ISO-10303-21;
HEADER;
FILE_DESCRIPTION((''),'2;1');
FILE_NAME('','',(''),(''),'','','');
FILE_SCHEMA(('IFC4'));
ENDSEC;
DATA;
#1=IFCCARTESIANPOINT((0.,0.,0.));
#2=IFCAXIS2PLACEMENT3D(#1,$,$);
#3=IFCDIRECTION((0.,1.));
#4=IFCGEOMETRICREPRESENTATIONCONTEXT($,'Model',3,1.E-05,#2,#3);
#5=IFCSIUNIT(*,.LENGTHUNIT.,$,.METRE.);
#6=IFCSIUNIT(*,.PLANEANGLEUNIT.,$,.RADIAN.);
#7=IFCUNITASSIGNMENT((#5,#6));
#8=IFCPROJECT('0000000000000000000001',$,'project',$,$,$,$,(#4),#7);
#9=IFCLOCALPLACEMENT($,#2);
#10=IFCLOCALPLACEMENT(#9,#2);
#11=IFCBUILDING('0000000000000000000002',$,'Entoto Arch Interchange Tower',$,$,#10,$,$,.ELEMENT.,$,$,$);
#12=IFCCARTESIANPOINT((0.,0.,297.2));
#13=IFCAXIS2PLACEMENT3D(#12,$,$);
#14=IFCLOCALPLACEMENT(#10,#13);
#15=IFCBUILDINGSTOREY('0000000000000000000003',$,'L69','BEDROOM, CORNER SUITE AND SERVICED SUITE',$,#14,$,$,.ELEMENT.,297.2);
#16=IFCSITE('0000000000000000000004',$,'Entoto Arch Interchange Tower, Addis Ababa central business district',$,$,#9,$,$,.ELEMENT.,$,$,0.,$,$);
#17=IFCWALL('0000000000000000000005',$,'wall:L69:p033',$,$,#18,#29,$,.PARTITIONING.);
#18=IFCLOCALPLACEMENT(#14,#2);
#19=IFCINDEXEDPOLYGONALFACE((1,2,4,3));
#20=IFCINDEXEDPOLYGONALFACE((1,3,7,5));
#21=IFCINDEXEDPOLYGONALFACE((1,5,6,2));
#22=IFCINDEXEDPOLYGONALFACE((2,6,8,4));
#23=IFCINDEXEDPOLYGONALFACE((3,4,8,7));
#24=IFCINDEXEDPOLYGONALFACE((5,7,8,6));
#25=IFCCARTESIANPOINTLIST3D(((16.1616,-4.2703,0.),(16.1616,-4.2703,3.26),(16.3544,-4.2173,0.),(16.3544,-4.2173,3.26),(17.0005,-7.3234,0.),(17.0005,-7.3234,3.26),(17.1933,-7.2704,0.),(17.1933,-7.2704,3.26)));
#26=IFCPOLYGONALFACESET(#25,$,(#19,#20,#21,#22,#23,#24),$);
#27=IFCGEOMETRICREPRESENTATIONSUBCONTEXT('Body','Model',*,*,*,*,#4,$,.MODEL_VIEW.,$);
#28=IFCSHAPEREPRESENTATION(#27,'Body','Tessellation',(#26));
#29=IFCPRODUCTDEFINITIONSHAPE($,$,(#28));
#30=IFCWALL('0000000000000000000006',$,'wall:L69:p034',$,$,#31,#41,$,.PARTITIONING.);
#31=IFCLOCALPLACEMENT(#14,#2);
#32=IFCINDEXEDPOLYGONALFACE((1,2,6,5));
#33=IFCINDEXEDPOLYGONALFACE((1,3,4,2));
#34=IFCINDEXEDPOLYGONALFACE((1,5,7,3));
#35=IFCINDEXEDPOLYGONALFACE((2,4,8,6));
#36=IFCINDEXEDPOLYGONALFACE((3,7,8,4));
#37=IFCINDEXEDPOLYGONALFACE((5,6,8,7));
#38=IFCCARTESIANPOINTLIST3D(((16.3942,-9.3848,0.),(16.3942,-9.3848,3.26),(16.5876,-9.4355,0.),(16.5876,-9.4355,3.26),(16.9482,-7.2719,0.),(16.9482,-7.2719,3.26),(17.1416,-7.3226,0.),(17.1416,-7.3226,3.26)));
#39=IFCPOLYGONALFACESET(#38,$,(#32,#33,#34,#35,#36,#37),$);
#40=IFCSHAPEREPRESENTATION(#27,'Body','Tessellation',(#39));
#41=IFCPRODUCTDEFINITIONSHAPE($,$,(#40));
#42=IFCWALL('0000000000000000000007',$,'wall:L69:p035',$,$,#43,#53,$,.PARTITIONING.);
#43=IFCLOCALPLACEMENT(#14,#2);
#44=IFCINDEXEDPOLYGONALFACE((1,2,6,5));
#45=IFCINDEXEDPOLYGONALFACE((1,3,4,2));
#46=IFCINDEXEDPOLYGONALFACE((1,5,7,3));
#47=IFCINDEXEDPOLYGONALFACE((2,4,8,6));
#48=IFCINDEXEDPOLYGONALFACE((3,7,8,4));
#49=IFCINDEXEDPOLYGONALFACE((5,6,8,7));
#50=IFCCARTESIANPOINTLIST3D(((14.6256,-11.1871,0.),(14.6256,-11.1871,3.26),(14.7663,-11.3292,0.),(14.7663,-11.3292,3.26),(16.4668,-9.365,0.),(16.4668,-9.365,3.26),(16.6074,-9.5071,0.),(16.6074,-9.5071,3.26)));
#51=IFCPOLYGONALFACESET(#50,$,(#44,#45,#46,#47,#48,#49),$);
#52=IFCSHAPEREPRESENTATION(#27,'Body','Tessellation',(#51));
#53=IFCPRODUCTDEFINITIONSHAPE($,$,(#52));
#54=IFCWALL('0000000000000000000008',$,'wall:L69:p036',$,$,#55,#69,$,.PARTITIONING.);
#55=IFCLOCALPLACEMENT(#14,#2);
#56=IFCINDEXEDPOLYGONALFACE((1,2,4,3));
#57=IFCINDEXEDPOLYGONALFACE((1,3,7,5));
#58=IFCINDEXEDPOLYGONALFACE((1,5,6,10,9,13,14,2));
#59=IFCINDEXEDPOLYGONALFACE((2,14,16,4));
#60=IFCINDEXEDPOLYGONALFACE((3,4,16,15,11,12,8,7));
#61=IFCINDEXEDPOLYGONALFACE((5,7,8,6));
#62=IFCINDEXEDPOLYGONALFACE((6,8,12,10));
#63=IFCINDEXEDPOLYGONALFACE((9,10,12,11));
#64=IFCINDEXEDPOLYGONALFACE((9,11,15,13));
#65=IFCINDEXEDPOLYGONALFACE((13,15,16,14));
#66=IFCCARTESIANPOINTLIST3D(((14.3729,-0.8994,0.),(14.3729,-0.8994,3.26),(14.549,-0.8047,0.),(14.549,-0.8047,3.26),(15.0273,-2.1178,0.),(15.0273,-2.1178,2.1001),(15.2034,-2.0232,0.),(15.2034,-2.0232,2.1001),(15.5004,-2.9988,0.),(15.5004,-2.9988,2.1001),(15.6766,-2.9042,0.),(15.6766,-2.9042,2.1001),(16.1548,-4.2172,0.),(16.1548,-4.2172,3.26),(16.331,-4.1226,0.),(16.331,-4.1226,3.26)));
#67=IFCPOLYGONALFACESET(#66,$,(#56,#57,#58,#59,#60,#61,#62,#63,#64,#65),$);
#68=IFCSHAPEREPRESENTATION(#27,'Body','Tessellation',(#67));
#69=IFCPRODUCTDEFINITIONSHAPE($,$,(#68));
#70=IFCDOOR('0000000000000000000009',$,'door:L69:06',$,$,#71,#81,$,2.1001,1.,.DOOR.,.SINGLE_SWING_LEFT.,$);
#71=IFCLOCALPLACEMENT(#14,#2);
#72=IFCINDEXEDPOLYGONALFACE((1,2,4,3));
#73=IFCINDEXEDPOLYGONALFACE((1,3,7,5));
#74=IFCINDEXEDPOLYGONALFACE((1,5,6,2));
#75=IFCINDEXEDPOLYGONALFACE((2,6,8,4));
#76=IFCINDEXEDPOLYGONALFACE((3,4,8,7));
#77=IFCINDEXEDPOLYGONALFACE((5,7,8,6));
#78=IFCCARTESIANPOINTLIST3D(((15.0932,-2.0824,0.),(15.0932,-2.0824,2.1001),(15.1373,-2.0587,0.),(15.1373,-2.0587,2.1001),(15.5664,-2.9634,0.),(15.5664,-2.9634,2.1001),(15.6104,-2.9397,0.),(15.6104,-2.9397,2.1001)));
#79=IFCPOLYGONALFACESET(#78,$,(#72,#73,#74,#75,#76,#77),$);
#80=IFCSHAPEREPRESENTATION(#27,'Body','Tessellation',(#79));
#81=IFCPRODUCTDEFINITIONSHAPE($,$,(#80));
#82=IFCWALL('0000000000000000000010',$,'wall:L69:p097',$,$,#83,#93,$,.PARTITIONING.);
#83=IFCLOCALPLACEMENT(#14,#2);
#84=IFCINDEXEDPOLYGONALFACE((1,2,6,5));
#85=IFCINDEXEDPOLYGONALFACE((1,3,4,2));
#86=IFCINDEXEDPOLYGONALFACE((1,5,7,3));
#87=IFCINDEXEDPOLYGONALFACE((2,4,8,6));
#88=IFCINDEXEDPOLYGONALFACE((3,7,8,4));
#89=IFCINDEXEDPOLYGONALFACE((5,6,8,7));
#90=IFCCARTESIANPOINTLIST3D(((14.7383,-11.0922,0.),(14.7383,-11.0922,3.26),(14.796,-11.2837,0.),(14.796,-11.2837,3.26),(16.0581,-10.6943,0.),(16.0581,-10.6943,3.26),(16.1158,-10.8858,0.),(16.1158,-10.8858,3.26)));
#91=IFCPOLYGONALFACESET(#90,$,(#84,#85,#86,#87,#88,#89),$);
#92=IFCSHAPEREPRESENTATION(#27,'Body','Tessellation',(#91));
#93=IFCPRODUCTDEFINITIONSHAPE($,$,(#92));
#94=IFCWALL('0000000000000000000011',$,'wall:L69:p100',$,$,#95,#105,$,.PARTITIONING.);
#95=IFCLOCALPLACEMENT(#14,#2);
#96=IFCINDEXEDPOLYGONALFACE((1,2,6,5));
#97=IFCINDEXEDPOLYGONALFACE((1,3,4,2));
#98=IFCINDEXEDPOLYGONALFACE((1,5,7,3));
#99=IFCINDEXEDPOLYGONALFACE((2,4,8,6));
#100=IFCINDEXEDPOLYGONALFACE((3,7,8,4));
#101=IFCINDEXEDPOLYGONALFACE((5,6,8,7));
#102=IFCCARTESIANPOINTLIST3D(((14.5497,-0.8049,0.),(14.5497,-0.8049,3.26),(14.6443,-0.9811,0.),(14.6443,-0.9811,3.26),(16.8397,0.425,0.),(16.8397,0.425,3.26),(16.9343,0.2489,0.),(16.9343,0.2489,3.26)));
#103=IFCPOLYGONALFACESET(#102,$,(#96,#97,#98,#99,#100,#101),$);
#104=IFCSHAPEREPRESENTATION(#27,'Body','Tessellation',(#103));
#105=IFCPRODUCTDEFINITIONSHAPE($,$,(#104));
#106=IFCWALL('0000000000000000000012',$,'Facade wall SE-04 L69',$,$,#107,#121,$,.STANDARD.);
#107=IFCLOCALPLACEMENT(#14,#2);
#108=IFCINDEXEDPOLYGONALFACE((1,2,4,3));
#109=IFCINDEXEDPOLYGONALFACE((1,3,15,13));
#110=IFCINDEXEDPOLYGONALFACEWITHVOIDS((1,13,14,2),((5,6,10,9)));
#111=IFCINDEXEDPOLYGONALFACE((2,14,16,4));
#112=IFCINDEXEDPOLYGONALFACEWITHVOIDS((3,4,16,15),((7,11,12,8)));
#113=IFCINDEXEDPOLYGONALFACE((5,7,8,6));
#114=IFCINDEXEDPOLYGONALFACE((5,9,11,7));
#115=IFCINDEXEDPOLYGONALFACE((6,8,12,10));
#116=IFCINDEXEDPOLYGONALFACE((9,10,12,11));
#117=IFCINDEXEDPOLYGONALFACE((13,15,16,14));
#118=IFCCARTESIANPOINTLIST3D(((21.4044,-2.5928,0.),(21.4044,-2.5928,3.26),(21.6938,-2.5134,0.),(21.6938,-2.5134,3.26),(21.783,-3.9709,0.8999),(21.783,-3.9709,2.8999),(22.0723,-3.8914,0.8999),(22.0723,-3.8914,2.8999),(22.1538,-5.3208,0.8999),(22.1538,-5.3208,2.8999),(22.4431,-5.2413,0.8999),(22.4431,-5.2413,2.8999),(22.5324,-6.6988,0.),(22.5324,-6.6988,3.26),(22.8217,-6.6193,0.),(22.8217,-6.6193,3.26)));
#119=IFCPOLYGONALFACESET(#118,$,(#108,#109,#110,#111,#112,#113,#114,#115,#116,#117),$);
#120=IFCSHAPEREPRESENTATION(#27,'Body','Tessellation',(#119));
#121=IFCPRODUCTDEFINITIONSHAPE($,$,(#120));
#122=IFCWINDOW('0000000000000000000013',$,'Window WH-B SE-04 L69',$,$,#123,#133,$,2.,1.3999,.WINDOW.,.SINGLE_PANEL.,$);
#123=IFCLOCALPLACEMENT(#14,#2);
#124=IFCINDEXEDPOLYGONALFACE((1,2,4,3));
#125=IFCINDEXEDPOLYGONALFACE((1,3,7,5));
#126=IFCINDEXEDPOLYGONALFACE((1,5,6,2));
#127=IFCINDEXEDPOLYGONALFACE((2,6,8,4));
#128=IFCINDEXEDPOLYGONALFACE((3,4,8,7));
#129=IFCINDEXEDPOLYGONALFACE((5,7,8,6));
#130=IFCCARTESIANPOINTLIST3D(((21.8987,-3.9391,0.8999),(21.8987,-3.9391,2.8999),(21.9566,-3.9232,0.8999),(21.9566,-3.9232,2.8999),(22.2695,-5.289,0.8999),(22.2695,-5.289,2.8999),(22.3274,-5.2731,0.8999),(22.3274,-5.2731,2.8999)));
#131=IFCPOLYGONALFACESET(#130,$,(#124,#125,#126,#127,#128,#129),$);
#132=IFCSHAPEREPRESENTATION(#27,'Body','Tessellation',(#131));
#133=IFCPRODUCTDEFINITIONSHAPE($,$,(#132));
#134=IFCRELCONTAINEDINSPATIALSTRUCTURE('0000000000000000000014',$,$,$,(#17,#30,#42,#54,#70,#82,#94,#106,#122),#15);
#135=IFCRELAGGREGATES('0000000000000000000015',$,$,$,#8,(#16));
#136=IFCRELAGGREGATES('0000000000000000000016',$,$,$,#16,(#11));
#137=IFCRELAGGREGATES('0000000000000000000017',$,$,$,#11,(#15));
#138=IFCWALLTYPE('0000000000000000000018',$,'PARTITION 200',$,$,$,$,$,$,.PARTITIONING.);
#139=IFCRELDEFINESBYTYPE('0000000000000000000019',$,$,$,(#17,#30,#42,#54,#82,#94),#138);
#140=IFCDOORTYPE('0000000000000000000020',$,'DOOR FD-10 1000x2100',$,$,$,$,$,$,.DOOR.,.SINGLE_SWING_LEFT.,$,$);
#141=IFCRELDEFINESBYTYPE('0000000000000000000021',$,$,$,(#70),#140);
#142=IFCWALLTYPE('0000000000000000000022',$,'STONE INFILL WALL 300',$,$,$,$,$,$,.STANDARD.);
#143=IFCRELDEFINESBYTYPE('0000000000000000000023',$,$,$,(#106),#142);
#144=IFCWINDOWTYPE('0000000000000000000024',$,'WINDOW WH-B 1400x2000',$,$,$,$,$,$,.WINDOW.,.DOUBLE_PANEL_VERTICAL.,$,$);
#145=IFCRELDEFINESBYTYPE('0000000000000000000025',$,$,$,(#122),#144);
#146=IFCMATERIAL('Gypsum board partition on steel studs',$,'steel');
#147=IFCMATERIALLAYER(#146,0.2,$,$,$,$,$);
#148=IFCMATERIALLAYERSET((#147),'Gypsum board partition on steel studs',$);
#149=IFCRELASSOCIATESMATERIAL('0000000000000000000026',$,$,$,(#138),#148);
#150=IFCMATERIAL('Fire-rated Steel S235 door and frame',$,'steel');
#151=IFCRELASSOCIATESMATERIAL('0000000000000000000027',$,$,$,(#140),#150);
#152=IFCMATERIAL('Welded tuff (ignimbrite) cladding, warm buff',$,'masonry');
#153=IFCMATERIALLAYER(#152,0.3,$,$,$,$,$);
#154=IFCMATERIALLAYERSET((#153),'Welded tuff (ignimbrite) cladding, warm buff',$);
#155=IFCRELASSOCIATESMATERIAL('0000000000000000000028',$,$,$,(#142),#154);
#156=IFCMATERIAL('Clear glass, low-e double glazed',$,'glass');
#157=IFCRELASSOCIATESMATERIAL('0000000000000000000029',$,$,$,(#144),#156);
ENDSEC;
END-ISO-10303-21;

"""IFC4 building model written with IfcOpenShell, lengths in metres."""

from ifc_helpers import new_model, si_unit, direction, frame, frame_2d, origin, place, context, subcontext, project, spatial, rectangle, extrude, material, layer, layer_set, type_object, element, fill, save


model = new_model("IFC4")

# Units and contexts
model_context = context("Model", 3, precision=1e-05, world=origin(), true_north=direction((0.0, 1.0)))
body_context = subcontext(model_context, "Body", "Model", "MODEL_VIEW")
ifc_project = project(units=[si_unit("LENGTHUNIT", "METRE"), si_unit("PLANEANGLEUNIT", "RADIAN")], contexts=[model_context])

# Site, building, storey
site_placement = place(None, origin())
site = spatial("IfcSite", under=ifc_project, at=site_placement, Name="Entoto Arch Interchange Tower, Addis Ababa central business district", CompositionType="ELEMENT", RefElevation=0.0)
building_placement = place(site_placement, origin())
building = spatial("IfcBuilding", under=site, at=building_placement, Name="Entoto Arch Interchange Tower", CompositionType="ELEMENT")
storey_placement = place(building_placement, frame((0.0, 0.0, 297.2)))
storey = spatial("IfcBuildingStorey", under=building, at=storey_placement, Name="L69", Description="BEDROOM, CORNER SUITE AND SERVICED SUITE", CompositionType="ELEMENT", Elevation=297.2)

# Shared definitions
ifc_material_1 = material(Name="Gypsum board partition on steel studs", Category="steel")

# Shared definitions
ifc_layer_1 = layer(ifc_material_1, 0.2)
ifc_layer_set_1 = layer_set([ifc_layer_1], Name="Gypsum board partition on steel studs")
wall_type_1 = type_object("IfcWallType", Name="PARTITION 200", PredefinedType="PARTITIONING", material=ifc_layer_set_1)

# Walls
wall_1_placement = place(storey_placement, frame((16.2581, -4.2439, 0.0), z_axis=(0.0, 0.0, 1.0), x_axis=(0.264931, -0.964267, 0.0)))
element("IfcWall", 1, at=wall_1_placement, inside=storey, type_object=wall_type_1, Name="wall:L69:p033", PredefinedType="PARTITIONING", context=body_context, shape_type="SweptSolid", body=[
    extrude(rectangle(XDim=3.1663, YDim=0.2, at=frame_2d((1.583, 0.0))), origin(), (0.0, 0.0, 1.0), 3.26),
])
wall_2_placement = place(storey_placement, frame((17.0449, -7.2971, 0.0), z_axis=(0.0, 0.0, 1.0), x_axis=(-0.253618, -0.967304, 0.0)))
element("IfcWall", 2, at=wall_2_placement, inside=storey, type_object=wall_type_1, Name="wall:L69:p034", PredefinedType="PARTITIONING", context=body_context, shape_type="SweptSolid", body=[
    extrude(rectangle(XDim=2.1843, YDim=0.2, at=frame_2d((1.0923, 0.0))), origin(), (0.0, 0.0, 1.0), 3.26),
])
wall_3_placement = place(storey_placement, frame((16.5371, -9.436, 0.0), z_axis=(0.0, 0.0, 1.0), x_axis=(-0.710773, -0.703421, 0.0)))
element("IfcWall", 3, at=wall_3_placement, inside=storey, type_object=wall_type_1, Name="wall:L69:p035", PredefinedType="PARTITIONING", context=body_context, shape_type="SweptSolid", body=[
    extrude(rectangle(XDim=2.5903, YDim=0.2, at=frame_2d((1.2952, 0.0))), origin(), (0.0, 0.0, 1.0), 3.26),
])

# Wall, opening, door
wall_4_placement = place(storey_placement, frame((14.4609, -0.8521, 0.0), z_axis=(0.0, 0.0, 1.0), x_axis=(0.47316, -0.880976, 0.0)))
wall_4 = element("IfcWall", 4, at=wall_4_placement, inside=storey, type_object=wall_type_1, Name="wall:L69:p036", PredefinedType="PARTITIONING", context=body_context, shape_type="SweptSolid", body=[
    extrude(rectangle(XDim=3.7661, YDim=0.2, at=frame_2d((1.8831, 0.0))), origin(), (0.0, 0.0, 1.0), 3.26),
])
opening_1_placement = place(wall_4_placement, frame((1.3831, 0.0, 0.0)))
opening_1 = element("IfcOpeningElement", 5, at=opening_1_placement, cuts=wall_4, PredefinedType="OPENING", context=body_context, shape_type="SweptSolid", body=[
    extrude(rectangle(XDim=1.0, YDim=2.1001, at=frame_2d((0.5, 1.05))), frame((0.0, 0.1099, 0.0), z_axis=(0.0, -1.0, 0.0), x_axis=(1.0, 0.0, 0.0)), (0.0, 0.0, 1.0), 0.22),
])
ifc_material_2 = material(Name="Fire-rated Steel S235 door and frame", Category="steel")
door_type_1 = type_object("IfcDoorType", Name="DOOR FD-10 1000x2100", OperationType="SINGLE_SWING_LEFT", PredefinedType="DOOR", material=ifc_material_2)
door_1_placement = place(opening_1_placement, origin())
door_1 = element("IfcDoor", 6, at=door_1_placement, inside=storey, type_object=door_type_1, Name="door:L69:06", OperationType="SINGLE_SWING_LEFT", OverallHeight=2.1001, OverallWidth=1.0, PredefinedType="DOOR", context=body_context, shape_type="SweptSolid", body=[
    extrude(rectangle(XDim=1.0, YDim=2.1001, at=frame_2d((0.5, 1.05))), frame((0.0, 0.0249, 0.0), z_axis=(0.0, -1.0, 0.0), x_axis=(1.0, 0.0, 0.0)), (0.0, 0.0, 1.0), 0.05),
])
fill(opening_1, door_1)

# Walls
wall_5_placement = place(storey_placement, frame((16.0869, -10.79, 0.0), z_axis=(0.0, 0.0, 1.0), x_axis=(-0.957426, -0.28868, 0.0)))
element("IfcWall", 7, at=wall_5_placement, inside=storey, type_object=wall_type_1, Name="wall:L69:p097", PredefinedType="PARTITIONING", context=body_context, shape_type="SweptSolid", body=[
    extrude(rectangle(XDim=1.3784, YDim=0.2, at=frame_2d((0.6892, 0.0))), origin(), (0.0, 0.0, 1.0), 3.26),
])
wall_6_placement = place(storey_placement, frame((14.5969, -0.8931, 0.0), z_axis=(0.0, 0.0, 1.0), x_axis=(0.880971, 0.47317, 0.0)))
element("IfcWall", 8, at=wall_6_placement, inside=storey, type_object=wall_type_1, Name="wall:L69:p100", PredefinedType="PARTITIONING", context=body_context, shape_type="SweptSolid", body=[
    extrude(rectangle(XDim=2.5994, YDim=0.2, at=frame_2d((1.2998, 0.0))), origin(), (0.0, 0.0, 1.0), 3.26),
])

# Wall, opening, window
ifc_material_3 = material(Name="Welded tuff (ignimbrite) cladding, warm buff", Category="masonry")
ifc_layer_2 = layer(ifc_material_3, 0.3)
ifc_layer_set_2 = layer_set([ifc_layer_2], Name="Welded tuff (ignimbrite) cladding, warm buff")
wall_type_2 = type_object("IfcWallType", Name="STONE INFILL WALL 300", PredefinedType="STANDARD", material=ifc_layer_set_2)
wall_7_placement = place(storey_placement, frame((22.677, -6.6589, 0.0), z_axis=(0.0, 0.0, 1.0), x_axis=(-0.264893, 0.964278, 0.0)))
wall_7 = element("IfcWall", 9, at=wall_7_placement, inside=storey, type_object=wall_type_2, Name="Facade wall SE-04 L69", PredefinedType="STANDARD", context=body_context, shape_type="SweptSolid", body=[
    extrude(rectangle(XDim=4.2581, YDim=0.3, at=frame_2d((2.1289, 0.0))), origin(), (0.0, 0.0, 1.0), 3.26),
])
opening_2_placement = place(wall_7_placement, frame((1.429, 0.0, 0.8999)))
opening_2 = element("IfcOpeningElement", 10, at=opening_2_placement, cuts=wall_7, PredefinedType="OPENING", context=body_context, shape_type="SweptSolid", body=[
    extrude(rectangle(XDim=1.3999, YDim=2.0, at=frame_2d((0.7, 1.0))), frame((0.0, 0.1602, 0.0), z_axis=(0.0, -1.0, 0.0), x_axis=(1.0, 0.0, 0.0)), (0.0, 0.0, 1.0), 0.3201),
])
ifc_material_4 = material(Name="Clear glass, low-e double glazed", Category="glass")
window_type_1 = type_object("IfcWindowType", Name="WINDOW WH-B 1400x2000", PartitioningType="DOUBLE_PANEL_VERTICAL", PredefinedType="WINDOW", material=ifc_material_4)
window_1_placement = place(opening_2_placement, origin())
window_1 = element("IfcWindow", 11, at=window_1_placement, inside=storey, type_object=window_type_1, Name="Window WH-B SE-04 L69", OverallHeight=2.0, OverallWidth=1.3999, PartitioningType="SINGLE_PANEL", PredefinedType="WINDOW", context=body_context, shape_type="SweptSolid", body=[
    extrude(rectangle(XDim=1.3999, YDim=2.0, at=frame_2d((0.7, 1.0))), frame((0.0, 0.03, 0.0), z_axis=(0.0, -1.0, 0.0), x_axis=(1.0, 0.0, 0.0)), (0.0, 0.0, 1.0), 0.0601),
])
fill(opening_2, window_1)

save(model, "model.ifc")
